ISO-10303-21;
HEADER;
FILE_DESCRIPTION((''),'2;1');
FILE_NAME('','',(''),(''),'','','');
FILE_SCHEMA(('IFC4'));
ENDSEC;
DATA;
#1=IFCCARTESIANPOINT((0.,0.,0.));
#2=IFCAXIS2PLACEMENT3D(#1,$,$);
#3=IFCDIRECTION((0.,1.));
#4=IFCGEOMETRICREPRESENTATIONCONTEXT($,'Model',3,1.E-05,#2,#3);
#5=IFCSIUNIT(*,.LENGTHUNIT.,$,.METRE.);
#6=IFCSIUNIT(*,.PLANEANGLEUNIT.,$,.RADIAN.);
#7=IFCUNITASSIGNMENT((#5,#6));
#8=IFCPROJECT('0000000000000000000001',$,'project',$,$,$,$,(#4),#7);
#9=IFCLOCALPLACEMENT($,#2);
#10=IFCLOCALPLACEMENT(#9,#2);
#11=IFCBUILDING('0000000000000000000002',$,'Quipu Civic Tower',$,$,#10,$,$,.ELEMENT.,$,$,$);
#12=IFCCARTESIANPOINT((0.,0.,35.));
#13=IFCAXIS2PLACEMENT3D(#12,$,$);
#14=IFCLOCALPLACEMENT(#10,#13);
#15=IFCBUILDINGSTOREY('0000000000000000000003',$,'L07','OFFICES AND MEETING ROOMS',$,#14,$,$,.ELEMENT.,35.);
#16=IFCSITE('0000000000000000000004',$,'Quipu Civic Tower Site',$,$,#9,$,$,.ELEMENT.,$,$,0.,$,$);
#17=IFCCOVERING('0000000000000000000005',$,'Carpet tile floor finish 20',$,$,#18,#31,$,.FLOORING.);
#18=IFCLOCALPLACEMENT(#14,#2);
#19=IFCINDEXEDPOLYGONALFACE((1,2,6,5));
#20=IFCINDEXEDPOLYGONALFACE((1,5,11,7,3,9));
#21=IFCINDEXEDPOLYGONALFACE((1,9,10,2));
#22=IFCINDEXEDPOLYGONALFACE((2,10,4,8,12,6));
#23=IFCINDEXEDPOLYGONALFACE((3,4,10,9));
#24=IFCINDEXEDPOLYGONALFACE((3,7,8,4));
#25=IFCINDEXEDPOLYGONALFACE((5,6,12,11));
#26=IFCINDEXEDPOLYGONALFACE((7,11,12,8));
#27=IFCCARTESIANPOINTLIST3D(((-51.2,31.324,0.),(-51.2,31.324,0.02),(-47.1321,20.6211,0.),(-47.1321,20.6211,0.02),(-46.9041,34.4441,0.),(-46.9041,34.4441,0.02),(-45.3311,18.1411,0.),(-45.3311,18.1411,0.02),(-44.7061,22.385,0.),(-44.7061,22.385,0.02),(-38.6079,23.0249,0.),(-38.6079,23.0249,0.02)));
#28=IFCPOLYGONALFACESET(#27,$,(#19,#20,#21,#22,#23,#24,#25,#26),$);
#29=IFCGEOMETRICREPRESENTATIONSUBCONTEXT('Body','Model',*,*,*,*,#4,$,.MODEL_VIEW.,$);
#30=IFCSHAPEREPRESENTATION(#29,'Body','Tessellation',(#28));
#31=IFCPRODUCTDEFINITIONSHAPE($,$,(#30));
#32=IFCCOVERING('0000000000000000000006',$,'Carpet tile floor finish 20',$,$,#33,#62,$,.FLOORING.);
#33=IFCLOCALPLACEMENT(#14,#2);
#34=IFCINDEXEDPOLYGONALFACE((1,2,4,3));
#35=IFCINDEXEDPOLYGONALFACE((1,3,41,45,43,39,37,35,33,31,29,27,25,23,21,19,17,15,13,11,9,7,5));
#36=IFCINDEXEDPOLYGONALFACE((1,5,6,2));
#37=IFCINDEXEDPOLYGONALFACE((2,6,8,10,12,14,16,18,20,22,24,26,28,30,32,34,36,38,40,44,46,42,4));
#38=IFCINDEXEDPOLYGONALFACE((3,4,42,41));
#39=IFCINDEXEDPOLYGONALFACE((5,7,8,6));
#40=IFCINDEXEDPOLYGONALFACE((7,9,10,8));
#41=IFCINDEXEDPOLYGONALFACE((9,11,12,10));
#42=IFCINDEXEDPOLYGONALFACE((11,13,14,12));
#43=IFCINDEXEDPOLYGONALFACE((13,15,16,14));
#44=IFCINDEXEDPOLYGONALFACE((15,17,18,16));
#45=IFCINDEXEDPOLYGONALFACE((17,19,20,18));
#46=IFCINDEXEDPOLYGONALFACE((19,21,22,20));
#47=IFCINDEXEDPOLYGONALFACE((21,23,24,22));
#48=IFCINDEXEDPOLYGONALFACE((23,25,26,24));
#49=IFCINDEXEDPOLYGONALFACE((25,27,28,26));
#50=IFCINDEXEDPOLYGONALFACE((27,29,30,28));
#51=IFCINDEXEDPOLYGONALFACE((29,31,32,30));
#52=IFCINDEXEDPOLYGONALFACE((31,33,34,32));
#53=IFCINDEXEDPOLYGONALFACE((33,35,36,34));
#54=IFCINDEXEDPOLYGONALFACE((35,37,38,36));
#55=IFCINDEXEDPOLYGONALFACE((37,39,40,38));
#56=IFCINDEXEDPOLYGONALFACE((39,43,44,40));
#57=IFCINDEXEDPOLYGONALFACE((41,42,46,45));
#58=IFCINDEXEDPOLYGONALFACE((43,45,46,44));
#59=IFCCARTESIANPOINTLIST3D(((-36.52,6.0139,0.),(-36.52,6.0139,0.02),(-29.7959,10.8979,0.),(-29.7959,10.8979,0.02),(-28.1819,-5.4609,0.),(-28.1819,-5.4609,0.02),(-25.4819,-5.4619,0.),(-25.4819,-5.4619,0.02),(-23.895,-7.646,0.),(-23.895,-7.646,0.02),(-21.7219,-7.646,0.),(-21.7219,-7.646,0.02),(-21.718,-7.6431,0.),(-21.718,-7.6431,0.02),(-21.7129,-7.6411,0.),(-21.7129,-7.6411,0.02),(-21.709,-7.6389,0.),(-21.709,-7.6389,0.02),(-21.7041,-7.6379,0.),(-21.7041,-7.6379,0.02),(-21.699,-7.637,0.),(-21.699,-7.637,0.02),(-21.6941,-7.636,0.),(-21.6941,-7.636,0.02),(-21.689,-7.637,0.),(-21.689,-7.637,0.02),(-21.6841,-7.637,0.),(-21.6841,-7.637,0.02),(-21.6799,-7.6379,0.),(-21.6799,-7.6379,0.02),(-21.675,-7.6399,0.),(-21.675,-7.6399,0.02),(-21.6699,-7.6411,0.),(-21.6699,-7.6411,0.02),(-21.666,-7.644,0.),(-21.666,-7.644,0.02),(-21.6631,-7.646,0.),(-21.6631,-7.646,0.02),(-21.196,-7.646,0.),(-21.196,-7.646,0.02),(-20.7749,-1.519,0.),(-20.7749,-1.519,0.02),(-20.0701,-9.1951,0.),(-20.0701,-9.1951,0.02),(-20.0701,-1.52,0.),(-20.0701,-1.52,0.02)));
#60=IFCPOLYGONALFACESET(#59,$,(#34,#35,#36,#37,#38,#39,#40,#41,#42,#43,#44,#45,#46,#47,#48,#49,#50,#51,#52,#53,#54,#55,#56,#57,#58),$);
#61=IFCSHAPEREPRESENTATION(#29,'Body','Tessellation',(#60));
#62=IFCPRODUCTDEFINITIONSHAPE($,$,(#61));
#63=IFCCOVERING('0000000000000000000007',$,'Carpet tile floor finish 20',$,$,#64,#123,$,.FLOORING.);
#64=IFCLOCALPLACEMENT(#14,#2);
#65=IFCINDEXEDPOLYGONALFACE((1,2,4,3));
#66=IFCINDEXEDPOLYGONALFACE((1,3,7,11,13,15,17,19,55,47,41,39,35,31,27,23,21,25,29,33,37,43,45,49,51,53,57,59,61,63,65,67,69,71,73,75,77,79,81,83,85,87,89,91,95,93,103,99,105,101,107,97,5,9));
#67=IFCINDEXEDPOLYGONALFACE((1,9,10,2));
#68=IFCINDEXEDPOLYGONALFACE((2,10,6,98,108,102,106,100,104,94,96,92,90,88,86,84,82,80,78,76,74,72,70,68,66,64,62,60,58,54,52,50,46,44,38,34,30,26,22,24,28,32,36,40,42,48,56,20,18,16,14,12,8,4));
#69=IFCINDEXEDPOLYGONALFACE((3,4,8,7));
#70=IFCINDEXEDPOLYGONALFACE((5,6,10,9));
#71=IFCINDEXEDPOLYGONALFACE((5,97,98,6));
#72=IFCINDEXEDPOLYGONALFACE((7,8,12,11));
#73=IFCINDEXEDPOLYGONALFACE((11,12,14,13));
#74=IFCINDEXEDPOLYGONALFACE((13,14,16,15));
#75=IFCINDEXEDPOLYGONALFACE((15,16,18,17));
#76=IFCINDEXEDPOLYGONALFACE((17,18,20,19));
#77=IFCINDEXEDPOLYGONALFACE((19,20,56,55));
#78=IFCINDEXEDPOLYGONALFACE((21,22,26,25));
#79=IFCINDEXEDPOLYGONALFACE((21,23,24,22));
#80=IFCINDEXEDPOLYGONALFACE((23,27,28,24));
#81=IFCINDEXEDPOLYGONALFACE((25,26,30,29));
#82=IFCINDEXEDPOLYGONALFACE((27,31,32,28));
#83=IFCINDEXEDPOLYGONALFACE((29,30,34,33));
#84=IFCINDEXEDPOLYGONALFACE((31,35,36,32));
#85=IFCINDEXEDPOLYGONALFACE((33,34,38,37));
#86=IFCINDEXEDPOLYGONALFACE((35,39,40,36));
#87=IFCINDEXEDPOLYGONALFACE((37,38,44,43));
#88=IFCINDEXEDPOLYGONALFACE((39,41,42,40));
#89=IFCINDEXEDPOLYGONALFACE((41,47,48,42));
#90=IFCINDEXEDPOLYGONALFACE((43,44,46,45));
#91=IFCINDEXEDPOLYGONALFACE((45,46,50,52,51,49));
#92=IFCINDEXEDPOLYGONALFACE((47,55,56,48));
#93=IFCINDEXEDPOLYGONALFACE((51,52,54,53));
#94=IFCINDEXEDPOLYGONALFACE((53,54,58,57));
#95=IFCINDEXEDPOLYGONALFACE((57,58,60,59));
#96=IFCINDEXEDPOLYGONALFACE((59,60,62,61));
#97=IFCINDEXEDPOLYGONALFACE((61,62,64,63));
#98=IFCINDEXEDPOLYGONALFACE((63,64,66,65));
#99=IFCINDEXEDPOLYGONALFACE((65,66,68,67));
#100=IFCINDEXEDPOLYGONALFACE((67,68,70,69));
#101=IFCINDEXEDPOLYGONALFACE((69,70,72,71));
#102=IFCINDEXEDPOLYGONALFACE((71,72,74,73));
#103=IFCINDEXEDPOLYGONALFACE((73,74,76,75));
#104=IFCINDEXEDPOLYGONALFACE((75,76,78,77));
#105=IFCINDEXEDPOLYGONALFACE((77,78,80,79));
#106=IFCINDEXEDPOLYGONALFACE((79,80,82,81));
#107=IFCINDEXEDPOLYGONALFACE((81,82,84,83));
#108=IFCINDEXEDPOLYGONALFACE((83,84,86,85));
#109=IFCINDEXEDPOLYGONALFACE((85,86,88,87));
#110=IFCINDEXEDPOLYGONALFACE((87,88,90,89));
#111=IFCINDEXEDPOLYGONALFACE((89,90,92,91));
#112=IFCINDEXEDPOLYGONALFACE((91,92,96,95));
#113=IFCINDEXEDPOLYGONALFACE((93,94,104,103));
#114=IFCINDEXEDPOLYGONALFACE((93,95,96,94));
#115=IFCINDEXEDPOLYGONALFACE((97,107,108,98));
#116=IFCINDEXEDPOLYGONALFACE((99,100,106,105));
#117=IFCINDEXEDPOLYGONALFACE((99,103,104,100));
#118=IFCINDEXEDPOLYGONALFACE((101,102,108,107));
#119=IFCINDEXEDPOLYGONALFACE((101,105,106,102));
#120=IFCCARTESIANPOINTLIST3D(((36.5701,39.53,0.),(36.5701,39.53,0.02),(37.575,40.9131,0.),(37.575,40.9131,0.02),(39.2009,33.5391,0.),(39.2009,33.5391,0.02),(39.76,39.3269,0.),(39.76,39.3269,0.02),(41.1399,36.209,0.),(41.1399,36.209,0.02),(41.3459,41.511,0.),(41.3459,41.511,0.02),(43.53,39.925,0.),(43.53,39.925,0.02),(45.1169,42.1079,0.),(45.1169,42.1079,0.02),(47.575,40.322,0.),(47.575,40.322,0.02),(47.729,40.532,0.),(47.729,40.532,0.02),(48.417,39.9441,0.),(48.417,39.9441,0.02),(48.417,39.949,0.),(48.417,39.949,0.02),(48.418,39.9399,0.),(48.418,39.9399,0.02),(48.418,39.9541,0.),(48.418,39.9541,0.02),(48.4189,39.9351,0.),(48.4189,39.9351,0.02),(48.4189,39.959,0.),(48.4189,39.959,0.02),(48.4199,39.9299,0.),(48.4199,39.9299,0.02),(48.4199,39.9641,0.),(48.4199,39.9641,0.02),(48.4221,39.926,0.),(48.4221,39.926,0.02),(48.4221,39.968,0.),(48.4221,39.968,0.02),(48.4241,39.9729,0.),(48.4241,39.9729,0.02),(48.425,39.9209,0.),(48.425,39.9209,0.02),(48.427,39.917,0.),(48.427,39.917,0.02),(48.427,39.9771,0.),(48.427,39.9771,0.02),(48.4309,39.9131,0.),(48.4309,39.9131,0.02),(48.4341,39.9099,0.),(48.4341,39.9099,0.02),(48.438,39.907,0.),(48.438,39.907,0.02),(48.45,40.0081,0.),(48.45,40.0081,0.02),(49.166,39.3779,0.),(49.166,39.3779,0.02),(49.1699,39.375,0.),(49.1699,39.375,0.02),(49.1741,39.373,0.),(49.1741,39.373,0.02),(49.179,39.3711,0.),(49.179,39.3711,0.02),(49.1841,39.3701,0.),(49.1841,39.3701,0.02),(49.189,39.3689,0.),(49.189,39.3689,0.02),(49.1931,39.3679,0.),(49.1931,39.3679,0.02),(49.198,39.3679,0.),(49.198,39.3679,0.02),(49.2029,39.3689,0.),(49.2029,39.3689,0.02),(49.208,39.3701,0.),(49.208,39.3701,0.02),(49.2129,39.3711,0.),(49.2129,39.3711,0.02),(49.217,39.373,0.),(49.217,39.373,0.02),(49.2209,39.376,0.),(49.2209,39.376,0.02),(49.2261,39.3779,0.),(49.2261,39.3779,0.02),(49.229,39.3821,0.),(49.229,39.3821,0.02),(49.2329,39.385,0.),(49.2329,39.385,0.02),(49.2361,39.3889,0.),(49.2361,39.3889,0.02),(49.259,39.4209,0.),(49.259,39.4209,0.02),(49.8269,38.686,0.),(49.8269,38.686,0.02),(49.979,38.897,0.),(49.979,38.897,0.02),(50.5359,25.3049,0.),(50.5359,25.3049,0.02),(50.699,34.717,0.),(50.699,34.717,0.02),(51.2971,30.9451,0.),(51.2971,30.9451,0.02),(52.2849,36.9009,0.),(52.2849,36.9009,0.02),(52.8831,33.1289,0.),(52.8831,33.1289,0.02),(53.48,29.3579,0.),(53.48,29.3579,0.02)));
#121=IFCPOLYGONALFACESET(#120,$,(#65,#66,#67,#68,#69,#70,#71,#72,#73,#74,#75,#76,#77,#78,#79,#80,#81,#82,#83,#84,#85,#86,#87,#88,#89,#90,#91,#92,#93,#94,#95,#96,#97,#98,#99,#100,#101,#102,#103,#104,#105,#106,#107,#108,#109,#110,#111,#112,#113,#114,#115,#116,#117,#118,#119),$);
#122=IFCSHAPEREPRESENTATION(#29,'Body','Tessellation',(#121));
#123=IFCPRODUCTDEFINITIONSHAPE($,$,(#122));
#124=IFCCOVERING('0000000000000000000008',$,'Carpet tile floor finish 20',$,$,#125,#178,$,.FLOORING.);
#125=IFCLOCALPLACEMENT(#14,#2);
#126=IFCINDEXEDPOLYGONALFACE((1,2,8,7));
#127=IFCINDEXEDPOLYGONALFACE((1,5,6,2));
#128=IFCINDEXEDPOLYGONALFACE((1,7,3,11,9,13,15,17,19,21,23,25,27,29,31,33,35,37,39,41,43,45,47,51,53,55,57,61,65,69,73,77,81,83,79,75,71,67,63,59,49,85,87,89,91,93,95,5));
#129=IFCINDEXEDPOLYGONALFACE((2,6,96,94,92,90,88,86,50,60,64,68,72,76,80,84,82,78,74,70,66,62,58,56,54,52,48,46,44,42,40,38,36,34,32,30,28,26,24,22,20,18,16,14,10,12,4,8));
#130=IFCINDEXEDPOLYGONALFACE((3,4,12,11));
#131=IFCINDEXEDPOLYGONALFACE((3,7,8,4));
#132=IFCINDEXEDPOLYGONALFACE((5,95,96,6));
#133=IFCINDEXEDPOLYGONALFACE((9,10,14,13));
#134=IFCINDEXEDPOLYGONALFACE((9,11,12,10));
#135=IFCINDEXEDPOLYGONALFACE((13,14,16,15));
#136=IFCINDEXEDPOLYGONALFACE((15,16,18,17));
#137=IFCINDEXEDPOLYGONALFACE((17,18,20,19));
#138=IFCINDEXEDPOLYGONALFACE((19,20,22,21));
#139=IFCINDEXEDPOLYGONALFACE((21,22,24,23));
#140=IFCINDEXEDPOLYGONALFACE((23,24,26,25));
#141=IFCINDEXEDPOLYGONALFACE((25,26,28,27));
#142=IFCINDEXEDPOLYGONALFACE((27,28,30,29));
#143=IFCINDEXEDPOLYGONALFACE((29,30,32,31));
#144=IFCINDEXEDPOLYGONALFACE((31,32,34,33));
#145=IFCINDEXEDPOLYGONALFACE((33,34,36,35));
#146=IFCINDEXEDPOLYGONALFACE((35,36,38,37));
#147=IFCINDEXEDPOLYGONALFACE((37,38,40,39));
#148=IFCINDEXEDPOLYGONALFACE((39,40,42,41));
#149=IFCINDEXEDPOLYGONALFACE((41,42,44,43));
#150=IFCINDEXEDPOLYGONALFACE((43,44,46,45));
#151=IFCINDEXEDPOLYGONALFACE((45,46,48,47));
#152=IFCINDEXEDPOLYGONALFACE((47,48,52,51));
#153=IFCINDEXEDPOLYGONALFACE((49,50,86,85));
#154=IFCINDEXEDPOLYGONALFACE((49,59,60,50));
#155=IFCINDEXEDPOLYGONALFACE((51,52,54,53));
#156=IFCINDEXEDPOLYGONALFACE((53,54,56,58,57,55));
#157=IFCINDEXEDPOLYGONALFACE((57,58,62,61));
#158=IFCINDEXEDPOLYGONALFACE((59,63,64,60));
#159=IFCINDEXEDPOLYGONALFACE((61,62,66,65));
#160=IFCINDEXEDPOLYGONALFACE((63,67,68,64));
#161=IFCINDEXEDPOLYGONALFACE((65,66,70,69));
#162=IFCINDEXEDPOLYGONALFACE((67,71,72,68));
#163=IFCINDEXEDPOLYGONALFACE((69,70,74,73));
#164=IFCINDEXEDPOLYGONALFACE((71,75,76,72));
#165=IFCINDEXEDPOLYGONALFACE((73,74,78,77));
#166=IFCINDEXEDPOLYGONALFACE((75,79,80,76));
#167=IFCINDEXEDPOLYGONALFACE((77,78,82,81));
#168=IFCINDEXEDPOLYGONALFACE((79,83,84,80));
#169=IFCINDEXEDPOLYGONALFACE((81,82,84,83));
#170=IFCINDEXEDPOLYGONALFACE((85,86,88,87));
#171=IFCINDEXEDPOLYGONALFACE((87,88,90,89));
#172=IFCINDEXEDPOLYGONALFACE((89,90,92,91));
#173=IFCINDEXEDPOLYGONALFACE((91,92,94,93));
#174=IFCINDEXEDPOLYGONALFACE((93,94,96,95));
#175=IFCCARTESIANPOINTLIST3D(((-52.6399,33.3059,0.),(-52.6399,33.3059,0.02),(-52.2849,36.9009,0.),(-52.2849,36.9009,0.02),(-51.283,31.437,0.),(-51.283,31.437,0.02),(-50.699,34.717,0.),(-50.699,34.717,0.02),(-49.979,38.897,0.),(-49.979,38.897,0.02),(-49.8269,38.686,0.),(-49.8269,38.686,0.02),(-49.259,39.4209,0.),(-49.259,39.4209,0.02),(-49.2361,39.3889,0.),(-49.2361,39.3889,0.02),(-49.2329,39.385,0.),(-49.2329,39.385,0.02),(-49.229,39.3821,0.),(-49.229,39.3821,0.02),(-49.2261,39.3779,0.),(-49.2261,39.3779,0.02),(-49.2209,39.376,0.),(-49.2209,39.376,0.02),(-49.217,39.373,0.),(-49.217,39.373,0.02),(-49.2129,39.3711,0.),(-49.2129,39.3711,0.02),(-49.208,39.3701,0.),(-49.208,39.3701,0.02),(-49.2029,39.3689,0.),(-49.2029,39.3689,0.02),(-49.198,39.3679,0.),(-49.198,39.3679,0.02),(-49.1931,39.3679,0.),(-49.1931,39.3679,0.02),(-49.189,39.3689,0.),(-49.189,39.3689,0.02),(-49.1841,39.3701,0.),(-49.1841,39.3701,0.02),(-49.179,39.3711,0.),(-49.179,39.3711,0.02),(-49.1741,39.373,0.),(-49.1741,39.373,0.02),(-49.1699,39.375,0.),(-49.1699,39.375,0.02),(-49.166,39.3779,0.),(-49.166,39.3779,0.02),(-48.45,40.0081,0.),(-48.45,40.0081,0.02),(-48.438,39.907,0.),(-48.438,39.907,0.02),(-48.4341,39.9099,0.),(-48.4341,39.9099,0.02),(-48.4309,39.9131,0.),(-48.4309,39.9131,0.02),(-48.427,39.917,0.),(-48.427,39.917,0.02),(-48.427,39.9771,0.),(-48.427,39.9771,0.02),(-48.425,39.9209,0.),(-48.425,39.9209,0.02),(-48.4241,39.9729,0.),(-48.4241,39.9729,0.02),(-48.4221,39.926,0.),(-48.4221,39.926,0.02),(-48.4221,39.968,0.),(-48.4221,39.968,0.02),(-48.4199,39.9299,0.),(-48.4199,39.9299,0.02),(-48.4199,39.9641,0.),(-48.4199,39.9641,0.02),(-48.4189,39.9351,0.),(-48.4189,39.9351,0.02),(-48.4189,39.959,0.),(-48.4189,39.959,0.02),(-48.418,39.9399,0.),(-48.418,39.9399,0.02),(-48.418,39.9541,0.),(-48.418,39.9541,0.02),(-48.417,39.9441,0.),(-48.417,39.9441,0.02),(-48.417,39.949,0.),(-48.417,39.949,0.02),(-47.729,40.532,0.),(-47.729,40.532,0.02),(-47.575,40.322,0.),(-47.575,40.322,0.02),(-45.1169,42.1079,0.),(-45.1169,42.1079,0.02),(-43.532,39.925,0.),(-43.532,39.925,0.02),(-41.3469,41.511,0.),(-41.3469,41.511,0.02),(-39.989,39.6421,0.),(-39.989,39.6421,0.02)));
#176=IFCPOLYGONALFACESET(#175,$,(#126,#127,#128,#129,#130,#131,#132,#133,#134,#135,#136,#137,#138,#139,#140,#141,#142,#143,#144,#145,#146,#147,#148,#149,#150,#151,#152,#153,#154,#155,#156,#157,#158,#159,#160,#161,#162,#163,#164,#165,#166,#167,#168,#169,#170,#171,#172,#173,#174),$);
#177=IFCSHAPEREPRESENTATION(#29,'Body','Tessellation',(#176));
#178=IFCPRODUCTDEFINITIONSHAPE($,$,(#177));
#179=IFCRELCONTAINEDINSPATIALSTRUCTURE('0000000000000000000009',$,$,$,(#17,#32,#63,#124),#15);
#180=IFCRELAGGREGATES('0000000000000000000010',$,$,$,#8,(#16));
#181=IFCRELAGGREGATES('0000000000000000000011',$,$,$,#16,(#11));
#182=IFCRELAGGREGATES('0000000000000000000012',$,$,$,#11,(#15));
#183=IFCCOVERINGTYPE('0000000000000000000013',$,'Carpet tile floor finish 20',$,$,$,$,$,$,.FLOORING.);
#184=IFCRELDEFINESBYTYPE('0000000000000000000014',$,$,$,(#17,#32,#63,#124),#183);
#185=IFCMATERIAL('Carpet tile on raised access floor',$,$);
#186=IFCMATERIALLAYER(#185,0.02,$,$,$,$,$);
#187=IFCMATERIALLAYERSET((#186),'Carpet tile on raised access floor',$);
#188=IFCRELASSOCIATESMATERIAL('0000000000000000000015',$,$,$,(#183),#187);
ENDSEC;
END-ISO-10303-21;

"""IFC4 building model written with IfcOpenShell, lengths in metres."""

from ifc_helpers import new_model, si_unit, direction, frame, origin, place, context, subcontext, project, spatial, polyline, outline, extrude, material, layer, layer_set, type_object, element, save


model = new_model("IFC4")

# Units and contexts
model_context = context("Model", 3, precision=1e-05, world=origin(), true_north=direction((0.0, 1.0)))
body_context = subcontext(model_context, "Body", "Model", "MODEL_VIEW")
ifc_project = project(units=[si_unit("LENGTHUNIT", "METRE"), si_unit("PLANEANGLEUNIT", "RADIAN")], contexts=[model_context])

# Site, building, storey
site_placement = place(None, origin())
site = spatial("IfcSite", under=ifc_project, at=site_placement, Name="Quipu Civic Tower Site", CompositionType="ELEMENT", RefElevation=0.0)
building_placement = place(site_placement, origin())
building = spatial("IfcBuilding", under=site, at=building_placement, Name="Quipu Civic Tower", CompositionType="ELEMENT")
storey_placement = place(building_placement, frame((0.0, 0.0, 35.0)))
storey = spatial("IfcBuildingStorey", under=building, at=storey_placement, Name="L07", Description="OFFICES AND MEETING ROOMS", CompositionType="ELEMENT", Elevation=35.0)

# Coverings
ifc_material_1 = material(Name="Carpet tile on raised access floor")
ifc_layer_1 = layer(ifc_material_1, 0.02)
ifc_layer_set_1 = layer_set([ifc_layer_1], Name="Carpet tile on raised access floor")
covering_type_1 = type_object("IfcCoveringType", Name="Carpet tile floor finish 20", PredefinedType="FLOORING", material=ifc_layer_set_1)
covering_1_placement = place(storey_placement, origin())
element("IfcCovering", 1, at=covering_1_placement, inside=storey, type_object=covering_type_1, Name="Carpet tile floor finish 20", PredefinedType="FLOORING", context=body_context, shape_type="SweptSolid", body=[
    extrude(outline(polyline([(-51.2, 31.324), (-46.9041, 34.4441), (-38.6079, 23.0249), (-45.3311, 18.1411), (-47.1321, 20.6211), (-44.7061, 22.385), (-51.2, 31.324)])), origin(), (0.0, 0.0, 1.0), 0.02),
])
covering_2_placement = place(storey_placement, origin())
element("IfcCovering", 2, at=covering_2_placement, inside=storey, type_object=covering_type_1, Name="Carpet tile floor finish 20", PredefinedType="FLOORING", context=body_context, shape_type="SweptSolid", body=[
    extrude(outline(polyline([(-36.52, 6.0139), (-29.7959, 10.8979), (-20.7749, -1.519), (-20.0701, -1.52), (-20.0701, -9.1951), (-21.196, -7.646), (-21.6631, -7.646), (-21.666, -7.644), (-21.6699, -7.6411), (-21.675, -7.6399), (-21.6799, -7.6379), (-21.6841, -7.637), (-21.689, -7.637), (-21.6941, -7.636), (-21.699, -7.637), (-21.7041, -7.6379), (-21.709, -7.6389), (-21.7129, -7.6411), (-21.718, -7.6431), (-21.7219, -7.646), (-21.7219, -7.646), (-23.895, -7.646), (-25.4819, -5.4619), (-28.1819, -5.4609), (-36.52, 6.0139)])), origin(), (0.0, 0.0, 1.0), 0.02),
])
covering_3_placement = place(storey_placement, origin())
element("IfcCovering", 3, at=covering_3_placement, inside=storey, type_object=covering_type_1, Name="Carpet tile floor finish 20", PredefinedType="FLOORING", context=body_context, shape_type="SweptSolid", body=[
    extrude(outline(polyline([(36.5701, 39.53), (37.575, 40.9131), (39.76, 39.3269), (41.3459, 41.511), (43.53, 39.925), (45.1169, 42.1079), (47.575, 40.322), (47.729, 40.532), (48.45, 40.0081), (48.427, 39.9771), (48.4241, 39.9729), (48.4221, 39.968), (48.4199, 39.9641), (48.4189, 39.959), (48.418, 39.9541), (48.417, 39.949), (48.417, 39.9441), (48.418, 39.9399), (48.4189, 39.9351), (48.4199, 39.9299), (48.4221, 39.926), (48.425, 39.9209), (48.427, 39.917), (48.4309, 39.9131), (48.4341, 39.9099), (48.438, 39.907), (49.166, 39.3779), (49.1699, 39.375), (49.1741, 39.373), (49.179, 39.3711), (49.1841, 39.3701), (49.189, 39.3689), (49.1931, 39.3679), (49.198, 39.3679), (49.2029, 39.3689), (49.208, 39.3701), (49.2129, 39.3711), (49.217, 39.373), (49.2209, 39.376), (49.2261, 39.3779), (49.229, 39.3821), (49.2329, 39.385), (49.2361, 39.3889), (49.259, 39.4209), (49.979, 38.897), (49.8269, 38.686), (52.2849, 36.9009), (50.699, 34.717), (52.8831, 33.1289), (51.2971, 30.9451), (53.48, 29.3579), (50.5359, 25.3049), (39.2009, 33.5391), (41.1399, 36.209), (36.5701, 39.53)])), origin(), (0.0, 0.0, 1.0), 0.02),
])
covering_4_placement = place(storey_placement, origin())
element("IfcCovering", 4, at=covering_4_placement, inside=storey, type_object=covering_type_1, Name="Carpet tile floor finish 20", PredefinedType="FLOORING", context=body_context, shape_type="SweptSolid", body=[
    extrude(outline(polyline([(-52.6399, 33.3059), (-50.699, 34.717), (-52.2849, 36.9009), (-49.8269, 38.686), (-49.979, 38.897), (-49.259, 39.4209), (-49.2361, 39.3889), (-49.2329, 39.385), (-49.229, 39.3821), (-49.2261, 39.3779), (-49.2209, 39.376), (-49.217, 39.373), (-49.2129, 39.3711), (-49.208, 39.3701), (-49.2029, 39.3689), (-49.198, 39.3679), (-49.1931, 39.3679), (-49.189, 39.3689), (-49.1841, 39.3701), (-49.179, 39.3711), (-49.1741, 39.373), (-49.1699, 39.375), (-49.166, 39.3779), (-48.438, 39.907), (-48.4341, 39.9099), (-48.4309, 39.9131), (-48.427, 39.917), (-48.425, 39.9209), (-48.4221, 39.926), (-48.4199, 39.9299), (-48.4189, 39.9351), (-48.418, 39.9399), (-48.417, 39.9441), (-48.417, 39.949), (-48.418, 39.9541), (-48.4189, 39.959), (-48.4199, 39.9641), (-48.4221, 39.968), (-48.4241, 39.9729), (-48.427, 39.9771), (-48.45, 40.0081), (-47.729, 40.532), (-47.575, 40.322), (-45.1169, 42.1079), (-43.532, 39.925), (-41.3469, 41.511), (-39.989, 39.6421), (-51.283, 31.437), (-52.6399, 33.3059)])), origin(), (0.0, 0.0, 1.0), 0.02),
])

save(model, "model.ifc")
